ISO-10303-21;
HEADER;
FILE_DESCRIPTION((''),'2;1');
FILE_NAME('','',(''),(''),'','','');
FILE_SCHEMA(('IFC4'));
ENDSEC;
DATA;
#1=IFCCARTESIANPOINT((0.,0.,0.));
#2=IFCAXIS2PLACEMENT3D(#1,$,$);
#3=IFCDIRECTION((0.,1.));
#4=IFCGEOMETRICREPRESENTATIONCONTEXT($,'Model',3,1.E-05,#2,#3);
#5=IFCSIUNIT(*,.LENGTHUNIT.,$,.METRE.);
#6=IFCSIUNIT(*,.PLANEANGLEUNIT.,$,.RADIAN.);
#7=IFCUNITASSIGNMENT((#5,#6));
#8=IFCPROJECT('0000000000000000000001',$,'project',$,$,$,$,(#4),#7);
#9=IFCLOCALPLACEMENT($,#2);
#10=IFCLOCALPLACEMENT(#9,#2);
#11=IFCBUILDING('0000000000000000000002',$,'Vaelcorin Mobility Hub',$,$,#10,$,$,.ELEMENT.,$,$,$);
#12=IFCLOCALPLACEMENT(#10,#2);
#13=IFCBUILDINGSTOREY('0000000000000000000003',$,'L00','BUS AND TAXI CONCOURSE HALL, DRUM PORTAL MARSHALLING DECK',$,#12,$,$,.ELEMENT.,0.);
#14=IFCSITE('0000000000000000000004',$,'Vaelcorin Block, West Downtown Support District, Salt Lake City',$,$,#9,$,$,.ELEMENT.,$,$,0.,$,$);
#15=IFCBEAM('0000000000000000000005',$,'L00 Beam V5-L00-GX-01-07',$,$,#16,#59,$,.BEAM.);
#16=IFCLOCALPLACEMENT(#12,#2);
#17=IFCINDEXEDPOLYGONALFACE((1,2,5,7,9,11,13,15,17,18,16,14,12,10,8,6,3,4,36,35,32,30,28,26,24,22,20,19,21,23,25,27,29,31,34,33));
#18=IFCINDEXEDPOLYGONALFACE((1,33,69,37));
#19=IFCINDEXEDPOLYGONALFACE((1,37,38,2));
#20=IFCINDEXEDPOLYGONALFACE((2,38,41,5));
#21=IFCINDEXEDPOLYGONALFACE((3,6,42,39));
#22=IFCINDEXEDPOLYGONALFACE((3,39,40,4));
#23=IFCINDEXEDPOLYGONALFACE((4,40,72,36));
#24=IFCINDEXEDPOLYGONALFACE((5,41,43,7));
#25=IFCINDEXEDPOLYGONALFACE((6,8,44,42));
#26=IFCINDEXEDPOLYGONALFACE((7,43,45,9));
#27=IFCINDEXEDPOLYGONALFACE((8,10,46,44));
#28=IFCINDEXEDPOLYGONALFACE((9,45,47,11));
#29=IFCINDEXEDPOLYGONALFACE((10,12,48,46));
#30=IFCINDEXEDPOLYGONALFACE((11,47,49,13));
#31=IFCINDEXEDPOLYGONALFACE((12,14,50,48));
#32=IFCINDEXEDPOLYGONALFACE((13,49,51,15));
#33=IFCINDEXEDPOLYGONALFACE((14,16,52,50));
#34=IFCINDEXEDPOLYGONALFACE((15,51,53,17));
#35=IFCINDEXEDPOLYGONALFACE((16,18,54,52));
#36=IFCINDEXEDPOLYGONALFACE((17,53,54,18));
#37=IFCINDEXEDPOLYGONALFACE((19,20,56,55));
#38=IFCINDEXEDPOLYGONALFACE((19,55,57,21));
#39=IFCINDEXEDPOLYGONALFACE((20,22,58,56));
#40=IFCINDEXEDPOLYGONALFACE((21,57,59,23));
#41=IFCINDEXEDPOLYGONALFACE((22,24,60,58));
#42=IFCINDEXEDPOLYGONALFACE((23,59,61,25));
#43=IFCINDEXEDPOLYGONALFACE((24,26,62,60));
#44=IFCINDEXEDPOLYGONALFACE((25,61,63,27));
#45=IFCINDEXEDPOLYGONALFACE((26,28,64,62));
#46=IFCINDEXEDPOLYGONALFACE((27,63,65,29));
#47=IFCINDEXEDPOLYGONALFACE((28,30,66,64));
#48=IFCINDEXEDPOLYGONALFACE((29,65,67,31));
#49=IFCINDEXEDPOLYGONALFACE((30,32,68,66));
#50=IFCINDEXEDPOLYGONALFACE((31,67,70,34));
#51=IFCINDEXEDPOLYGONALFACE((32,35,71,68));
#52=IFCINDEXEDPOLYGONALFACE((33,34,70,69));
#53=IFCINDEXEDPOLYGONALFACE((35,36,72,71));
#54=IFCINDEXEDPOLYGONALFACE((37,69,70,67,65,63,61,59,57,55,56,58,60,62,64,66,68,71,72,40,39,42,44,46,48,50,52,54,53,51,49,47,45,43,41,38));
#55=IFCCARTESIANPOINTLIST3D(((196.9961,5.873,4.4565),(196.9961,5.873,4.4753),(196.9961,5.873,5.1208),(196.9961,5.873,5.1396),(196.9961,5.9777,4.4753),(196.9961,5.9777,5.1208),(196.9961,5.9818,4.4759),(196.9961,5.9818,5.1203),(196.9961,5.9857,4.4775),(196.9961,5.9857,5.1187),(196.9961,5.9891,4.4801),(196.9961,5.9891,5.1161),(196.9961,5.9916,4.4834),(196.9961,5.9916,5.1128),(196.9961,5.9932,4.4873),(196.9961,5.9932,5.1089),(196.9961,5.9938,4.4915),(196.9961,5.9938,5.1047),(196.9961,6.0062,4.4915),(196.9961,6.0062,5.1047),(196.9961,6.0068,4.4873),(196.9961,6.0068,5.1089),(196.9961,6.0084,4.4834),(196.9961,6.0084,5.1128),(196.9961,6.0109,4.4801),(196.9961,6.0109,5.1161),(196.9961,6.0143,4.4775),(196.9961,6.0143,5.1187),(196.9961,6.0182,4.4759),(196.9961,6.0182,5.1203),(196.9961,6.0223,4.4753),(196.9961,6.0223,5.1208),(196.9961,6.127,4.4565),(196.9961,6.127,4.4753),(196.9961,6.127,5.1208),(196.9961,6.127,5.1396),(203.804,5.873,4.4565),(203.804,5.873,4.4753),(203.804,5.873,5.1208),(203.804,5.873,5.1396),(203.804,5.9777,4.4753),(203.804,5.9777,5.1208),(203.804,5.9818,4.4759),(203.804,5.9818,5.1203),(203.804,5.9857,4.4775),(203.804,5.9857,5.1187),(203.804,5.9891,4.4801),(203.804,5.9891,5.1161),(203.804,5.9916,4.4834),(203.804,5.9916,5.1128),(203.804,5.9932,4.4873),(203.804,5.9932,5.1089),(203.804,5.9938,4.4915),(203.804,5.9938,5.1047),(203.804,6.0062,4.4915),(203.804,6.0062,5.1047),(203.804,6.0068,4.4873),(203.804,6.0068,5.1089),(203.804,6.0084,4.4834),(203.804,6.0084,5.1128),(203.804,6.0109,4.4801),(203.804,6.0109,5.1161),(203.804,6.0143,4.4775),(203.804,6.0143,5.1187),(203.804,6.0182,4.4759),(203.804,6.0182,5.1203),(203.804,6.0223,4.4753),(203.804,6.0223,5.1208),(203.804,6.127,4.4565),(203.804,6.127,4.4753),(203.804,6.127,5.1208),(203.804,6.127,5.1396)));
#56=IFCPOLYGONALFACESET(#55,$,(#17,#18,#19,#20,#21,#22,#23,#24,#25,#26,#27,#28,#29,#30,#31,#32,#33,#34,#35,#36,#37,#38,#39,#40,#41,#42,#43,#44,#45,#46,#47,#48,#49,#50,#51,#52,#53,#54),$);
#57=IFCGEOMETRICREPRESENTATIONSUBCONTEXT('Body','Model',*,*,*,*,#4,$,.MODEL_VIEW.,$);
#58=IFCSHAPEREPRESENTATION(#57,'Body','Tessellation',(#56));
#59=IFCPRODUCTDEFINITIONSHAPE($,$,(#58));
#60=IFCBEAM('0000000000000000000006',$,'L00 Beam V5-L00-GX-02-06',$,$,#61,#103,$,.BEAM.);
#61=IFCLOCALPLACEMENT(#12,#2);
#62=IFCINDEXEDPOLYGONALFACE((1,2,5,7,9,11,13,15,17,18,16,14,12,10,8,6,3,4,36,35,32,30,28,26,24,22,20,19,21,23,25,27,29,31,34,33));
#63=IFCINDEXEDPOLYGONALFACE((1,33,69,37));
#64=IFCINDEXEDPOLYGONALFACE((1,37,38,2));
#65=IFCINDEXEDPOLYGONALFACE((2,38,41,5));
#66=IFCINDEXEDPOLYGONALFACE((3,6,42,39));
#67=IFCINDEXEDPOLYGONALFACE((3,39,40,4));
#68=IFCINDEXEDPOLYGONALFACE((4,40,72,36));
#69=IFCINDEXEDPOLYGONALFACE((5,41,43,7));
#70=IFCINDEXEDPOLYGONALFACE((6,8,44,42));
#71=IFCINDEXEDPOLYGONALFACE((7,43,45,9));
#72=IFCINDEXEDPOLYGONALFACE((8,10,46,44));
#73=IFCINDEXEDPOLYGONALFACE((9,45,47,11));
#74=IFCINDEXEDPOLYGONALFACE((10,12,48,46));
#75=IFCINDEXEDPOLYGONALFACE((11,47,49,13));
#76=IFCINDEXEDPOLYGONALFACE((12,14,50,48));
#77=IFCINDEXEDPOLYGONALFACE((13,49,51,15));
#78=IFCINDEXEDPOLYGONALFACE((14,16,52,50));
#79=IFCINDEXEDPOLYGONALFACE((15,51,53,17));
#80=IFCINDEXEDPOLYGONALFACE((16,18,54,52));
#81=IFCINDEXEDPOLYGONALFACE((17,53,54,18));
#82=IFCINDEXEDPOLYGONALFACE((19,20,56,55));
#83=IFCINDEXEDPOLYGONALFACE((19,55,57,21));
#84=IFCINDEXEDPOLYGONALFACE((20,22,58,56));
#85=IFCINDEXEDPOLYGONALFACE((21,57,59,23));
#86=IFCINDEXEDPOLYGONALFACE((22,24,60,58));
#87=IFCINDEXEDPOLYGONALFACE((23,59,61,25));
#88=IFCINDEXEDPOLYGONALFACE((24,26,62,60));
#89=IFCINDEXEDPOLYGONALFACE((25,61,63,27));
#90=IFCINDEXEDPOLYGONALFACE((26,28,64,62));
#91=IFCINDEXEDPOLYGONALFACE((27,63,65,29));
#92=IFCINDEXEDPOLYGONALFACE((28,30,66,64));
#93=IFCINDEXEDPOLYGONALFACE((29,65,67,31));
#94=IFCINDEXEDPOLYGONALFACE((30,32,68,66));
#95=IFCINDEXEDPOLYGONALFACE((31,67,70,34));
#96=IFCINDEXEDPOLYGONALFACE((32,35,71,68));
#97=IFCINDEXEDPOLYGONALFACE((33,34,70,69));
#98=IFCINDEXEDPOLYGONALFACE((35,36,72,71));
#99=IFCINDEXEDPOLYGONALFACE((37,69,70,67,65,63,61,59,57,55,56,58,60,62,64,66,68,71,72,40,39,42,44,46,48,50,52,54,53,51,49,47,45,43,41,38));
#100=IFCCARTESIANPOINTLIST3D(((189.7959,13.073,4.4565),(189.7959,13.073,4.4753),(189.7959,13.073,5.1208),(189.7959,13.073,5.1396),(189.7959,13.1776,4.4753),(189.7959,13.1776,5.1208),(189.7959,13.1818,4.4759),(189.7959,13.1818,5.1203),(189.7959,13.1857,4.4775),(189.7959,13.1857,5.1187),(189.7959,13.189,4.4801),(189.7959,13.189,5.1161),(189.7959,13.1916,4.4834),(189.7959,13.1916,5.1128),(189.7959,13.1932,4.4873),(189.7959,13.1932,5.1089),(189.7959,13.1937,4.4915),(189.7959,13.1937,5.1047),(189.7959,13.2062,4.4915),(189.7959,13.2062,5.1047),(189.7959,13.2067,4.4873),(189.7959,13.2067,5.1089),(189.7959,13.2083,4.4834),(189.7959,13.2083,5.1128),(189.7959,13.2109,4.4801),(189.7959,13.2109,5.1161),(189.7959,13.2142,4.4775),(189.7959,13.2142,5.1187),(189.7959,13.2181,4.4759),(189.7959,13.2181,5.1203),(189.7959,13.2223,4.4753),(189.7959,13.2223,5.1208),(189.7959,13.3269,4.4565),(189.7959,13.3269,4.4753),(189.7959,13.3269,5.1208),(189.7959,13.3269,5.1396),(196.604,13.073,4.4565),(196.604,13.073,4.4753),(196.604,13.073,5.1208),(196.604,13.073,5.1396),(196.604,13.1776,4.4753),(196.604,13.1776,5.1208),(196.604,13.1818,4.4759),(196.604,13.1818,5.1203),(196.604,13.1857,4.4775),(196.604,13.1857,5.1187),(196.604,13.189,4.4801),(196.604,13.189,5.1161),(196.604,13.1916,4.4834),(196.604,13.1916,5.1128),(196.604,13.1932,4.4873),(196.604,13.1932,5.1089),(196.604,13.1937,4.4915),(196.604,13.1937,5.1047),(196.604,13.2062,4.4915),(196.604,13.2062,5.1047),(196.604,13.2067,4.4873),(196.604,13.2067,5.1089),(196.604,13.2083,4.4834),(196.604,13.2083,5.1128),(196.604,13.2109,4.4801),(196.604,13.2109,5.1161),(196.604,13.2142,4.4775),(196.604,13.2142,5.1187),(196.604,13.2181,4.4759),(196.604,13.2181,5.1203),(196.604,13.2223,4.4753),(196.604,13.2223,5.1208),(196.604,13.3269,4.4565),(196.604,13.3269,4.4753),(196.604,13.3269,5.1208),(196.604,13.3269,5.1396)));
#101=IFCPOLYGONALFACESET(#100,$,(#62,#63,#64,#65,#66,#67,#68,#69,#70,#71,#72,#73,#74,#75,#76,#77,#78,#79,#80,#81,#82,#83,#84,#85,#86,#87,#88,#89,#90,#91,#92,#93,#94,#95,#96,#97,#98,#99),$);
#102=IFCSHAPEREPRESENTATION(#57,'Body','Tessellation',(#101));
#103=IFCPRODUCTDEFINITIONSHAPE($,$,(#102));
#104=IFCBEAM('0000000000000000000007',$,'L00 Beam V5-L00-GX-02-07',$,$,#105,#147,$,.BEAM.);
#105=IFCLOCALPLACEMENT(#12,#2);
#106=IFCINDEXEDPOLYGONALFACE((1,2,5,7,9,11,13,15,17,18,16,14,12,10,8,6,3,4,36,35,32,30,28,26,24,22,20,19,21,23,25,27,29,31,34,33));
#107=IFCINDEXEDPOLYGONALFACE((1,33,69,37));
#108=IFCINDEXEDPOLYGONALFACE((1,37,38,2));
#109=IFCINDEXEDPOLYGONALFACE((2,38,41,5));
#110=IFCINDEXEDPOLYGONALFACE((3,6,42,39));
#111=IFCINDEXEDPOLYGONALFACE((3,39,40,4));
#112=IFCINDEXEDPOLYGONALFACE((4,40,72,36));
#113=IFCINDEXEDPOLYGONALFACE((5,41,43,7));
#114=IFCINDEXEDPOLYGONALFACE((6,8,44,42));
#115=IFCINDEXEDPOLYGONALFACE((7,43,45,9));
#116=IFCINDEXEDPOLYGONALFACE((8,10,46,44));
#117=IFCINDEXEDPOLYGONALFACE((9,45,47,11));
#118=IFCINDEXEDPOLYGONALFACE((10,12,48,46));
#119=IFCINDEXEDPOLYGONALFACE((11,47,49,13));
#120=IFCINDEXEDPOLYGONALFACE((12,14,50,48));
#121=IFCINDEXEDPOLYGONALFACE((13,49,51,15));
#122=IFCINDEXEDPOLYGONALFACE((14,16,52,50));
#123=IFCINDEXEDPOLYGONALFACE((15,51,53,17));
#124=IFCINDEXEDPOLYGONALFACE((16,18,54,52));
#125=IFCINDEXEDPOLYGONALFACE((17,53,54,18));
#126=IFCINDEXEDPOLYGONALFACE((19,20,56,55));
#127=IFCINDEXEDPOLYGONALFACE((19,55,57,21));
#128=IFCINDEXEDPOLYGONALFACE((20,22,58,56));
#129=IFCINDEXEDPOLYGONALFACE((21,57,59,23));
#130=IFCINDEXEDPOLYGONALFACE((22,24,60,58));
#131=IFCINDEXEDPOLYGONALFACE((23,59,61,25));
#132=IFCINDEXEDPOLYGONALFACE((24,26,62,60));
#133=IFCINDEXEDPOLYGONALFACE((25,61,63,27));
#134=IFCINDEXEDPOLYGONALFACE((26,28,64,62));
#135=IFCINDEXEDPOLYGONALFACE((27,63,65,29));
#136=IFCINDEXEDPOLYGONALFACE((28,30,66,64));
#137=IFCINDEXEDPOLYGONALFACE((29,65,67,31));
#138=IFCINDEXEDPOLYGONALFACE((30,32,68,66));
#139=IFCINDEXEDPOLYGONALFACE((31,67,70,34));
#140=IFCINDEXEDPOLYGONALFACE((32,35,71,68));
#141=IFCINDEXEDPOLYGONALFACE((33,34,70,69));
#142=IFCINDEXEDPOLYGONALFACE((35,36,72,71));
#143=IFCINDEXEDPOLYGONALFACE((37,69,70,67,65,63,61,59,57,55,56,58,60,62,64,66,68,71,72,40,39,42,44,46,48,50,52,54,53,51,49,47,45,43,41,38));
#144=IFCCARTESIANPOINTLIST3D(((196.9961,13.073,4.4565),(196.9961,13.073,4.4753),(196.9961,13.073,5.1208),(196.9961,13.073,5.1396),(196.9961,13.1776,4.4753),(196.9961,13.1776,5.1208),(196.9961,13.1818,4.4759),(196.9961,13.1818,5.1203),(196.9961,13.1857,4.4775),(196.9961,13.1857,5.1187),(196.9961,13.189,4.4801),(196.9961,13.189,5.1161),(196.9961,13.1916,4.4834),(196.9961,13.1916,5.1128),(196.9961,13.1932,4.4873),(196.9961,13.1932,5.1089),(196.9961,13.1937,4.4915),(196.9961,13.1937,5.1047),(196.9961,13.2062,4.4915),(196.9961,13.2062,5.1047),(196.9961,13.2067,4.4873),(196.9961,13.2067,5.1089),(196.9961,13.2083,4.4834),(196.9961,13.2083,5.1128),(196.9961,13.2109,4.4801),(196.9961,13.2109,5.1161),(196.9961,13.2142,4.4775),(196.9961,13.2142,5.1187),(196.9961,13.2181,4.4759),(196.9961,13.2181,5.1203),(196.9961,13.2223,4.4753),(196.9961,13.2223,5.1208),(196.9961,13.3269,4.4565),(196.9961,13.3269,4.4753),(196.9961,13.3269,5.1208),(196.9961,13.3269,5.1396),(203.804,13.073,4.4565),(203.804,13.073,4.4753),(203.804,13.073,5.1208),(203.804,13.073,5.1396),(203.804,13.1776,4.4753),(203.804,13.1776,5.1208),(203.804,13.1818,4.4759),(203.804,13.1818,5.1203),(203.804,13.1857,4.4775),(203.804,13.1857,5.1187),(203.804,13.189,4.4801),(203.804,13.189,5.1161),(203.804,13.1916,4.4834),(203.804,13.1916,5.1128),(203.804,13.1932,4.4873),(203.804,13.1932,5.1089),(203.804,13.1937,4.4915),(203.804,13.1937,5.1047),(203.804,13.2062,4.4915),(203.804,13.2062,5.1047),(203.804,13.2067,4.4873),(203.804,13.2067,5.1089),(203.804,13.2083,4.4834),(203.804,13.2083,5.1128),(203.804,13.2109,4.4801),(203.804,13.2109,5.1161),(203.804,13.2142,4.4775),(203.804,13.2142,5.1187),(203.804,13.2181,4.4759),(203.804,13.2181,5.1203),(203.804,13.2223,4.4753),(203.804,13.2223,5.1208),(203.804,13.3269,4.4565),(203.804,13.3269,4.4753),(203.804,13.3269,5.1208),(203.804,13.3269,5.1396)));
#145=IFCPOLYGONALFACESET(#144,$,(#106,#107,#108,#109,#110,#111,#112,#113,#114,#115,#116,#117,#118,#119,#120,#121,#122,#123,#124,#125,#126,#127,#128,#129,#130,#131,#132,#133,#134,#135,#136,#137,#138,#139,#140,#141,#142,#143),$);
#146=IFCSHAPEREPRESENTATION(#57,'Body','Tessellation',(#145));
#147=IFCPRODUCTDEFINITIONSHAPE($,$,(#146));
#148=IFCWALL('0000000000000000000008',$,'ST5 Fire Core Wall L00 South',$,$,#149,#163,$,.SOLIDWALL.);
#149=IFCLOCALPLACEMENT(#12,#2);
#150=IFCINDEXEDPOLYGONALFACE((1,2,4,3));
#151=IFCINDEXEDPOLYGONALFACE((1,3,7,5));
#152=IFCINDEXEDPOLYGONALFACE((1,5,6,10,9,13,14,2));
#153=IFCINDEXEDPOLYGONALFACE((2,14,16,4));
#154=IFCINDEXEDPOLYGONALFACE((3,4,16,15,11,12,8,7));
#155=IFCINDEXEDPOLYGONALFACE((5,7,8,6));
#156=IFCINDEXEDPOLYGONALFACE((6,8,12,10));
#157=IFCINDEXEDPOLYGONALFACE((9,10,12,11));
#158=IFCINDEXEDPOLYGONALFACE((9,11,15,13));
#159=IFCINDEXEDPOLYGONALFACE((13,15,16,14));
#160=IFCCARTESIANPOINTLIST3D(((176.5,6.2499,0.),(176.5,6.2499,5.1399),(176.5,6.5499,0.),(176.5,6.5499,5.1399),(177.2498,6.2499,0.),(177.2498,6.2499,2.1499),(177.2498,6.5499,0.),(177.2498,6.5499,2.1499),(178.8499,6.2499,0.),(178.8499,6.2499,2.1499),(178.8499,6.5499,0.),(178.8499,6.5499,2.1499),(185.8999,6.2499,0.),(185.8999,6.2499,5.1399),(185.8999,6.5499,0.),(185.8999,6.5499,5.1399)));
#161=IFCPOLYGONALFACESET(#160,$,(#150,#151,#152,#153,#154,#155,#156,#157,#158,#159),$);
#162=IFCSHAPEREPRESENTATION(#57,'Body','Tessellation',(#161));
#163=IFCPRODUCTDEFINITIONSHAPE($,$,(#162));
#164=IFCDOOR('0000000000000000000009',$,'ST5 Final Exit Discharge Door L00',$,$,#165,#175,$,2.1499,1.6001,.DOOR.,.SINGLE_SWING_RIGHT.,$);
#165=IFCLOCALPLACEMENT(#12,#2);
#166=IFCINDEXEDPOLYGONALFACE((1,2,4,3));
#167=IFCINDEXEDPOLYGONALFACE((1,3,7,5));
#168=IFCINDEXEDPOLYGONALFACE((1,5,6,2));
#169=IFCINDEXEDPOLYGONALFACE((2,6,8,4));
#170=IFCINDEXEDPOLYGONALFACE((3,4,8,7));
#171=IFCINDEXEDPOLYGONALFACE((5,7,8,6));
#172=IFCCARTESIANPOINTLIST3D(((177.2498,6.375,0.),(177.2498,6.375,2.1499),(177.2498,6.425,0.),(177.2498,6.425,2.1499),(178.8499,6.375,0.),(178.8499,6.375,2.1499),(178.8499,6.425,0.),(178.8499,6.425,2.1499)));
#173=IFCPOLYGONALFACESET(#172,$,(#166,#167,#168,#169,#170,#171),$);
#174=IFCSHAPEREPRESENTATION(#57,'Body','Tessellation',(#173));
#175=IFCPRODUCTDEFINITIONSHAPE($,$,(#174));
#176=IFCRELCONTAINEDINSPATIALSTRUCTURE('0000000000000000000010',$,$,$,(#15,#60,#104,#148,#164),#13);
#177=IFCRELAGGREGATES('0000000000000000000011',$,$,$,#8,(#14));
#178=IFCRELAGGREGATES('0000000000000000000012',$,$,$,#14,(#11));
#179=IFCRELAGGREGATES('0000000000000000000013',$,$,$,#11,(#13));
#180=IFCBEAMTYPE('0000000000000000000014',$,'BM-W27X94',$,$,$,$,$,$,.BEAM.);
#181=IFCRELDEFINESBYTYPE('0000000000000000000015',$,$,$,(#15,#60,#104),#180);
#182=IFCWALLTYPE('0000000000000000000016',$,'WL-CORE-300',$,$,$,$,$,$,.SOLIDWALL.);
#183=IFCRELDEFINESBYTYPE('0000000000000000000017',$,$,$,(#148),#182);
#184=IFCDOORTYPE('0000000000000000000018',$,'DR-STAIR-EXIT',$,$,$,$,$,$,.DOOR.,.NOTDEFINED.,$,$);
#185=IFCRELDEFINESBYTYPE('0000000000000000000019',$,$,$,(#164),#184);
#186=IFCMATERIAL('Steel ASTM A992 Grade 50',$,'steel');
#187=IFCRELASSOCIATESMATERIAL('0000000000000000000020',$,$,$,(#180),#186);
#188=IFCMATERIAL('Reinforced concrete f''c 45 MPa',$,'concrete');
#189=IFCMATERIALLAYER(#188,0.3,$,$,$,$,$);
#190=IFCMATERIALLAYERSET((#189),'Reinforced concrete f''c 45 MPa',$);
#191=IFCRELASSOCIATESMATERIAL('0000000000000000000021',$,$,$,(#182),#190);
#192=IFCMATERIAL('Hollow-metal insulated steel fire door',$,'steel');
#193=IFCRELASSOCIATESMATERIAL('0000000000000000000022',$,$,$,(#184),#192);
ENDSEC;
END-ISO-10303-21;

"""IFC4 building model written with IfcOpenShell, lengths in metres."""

from ifc_helpers import new_model, si_unit, direction, frame, frame_2d, origin, origin_2d, place, context, subcontext, project, spatial, rectangle, i_section, extrude, material, layer, layer_set, material_profile, profile_set, type_object, element, fill, save


model = new_model("IFC4")

# Units and contexts
model_context = context("Model", 3, precision=1e-05, world=origin(), true_north=direction((0.0, 1.0)))
body_context = subcontext(model_context, "Body", "Model", "MODEL_VIEW")
ifc_project = project(units=[si_unit("LENGTHUNIT", "METRE"), si_unit("PLANEANGLEUNIT", "RADIAN")], contexts=[model_context])

# Site, building, storey
site_placement = place(None, origin())
site = spatial("IfcSite", under=ifc_project, at=site_placement, Name="Vaelcorin Block, West Downtown Support District, Salt Lake City", CompositionType="ELEMENT", RefElevation=0.0)
building_placement = place(site_placement, origin())
building = spatial("IfcBuilding", under=site, at=building_placement, Name="Vaelcorin Mobility Hub", CompositionType="ELEMENT")
storey_placement = place(building_placement, origin())
storey = spatial("IfcBuildingStorey", under=building, at=storey_placement, Name="L00", Description="BUS AND TAXI CONCOURSE HALL, DRUM PORTAL MARSHALLING DECK", CompositionType="ELEMENT", Elevation=0.0)

# Shared definitions
ifc_material_1 = material(Name="Steel ASTM A992 Grade 50", Category="steel")

# Beams
ifc_material_profile_1 = material_profile(ifc_material_1, i_section(OverallWidth=0.2539, OverallDepth=0.6831, WebThickness=0.0125, FlangeThickness=0.0188, FilletRadius=0.0161, at=origin_2d()), Name="W27X94")
ifc_profile_set_1 = profile_set([ifc_material_profile_1], Name="Steel ASTM A992 Grade 50")
beam_type_1 = type_object("IfcBeamType", Name="BM-W27X94", PredefinedType="BEAM", material=ifc_profile_set_1)
beam_1_placement = place(storey_placement, frame((196.9961, 6.0, 4.7981), z_axis=(1.0, 0.0, 0.0), x_axis=(0.0, 1.0, 0.0)))
element("IfcBeam", 1, at=beam_1_placement, inside=storey, type_object=beam_type_1, Name="L00 Beam V5-L00-GX-01-07", PredefinedType="BEAM", context=body_context, shape_type="SweptSolid", body=[
    extrude(i_section(OverallWidth=0.2539, OverallDepth=0.6831, WebThickness=0.0125, FlangeThickness=0.0188, FilletRadius=0.0161, at=origin_2d()), origin(), (0.0, 0.0, 1.0), 6.8079),
])
beam_2_placement = place(storey_placement, frame((189.7959, 13.2, 4.7981), z_axis=(1.0, 0.0, 0.0), x_axis=(0.0, 1.0, 0.0)))
element("IfcBeam", 2, at=beam_2_placement, inside=storey, type_object=beam_type_1, Name="L00 Beam V5-L00-GX-02-06", PredefinedType="BEAM", context=body_context, shape_type="SweptSolid", body=[
    extrude(i_section(OverallWidth=0.2539, OverallDepth=0.6831, WebThickness=0.0125, FlangeThickness=0.0188, FilletRadius=0.0161, at=origin_2d()), origin(), (0.0, 0.0, 1.0), 6.8081),
])
beam_3_placement = place(storey_placement, frame((196.9961, 13.2, 4.7981), z_axis=(1.0, 0.0, 0.0), x_axis=(0.0, 1.0, 0.0)))
element("IfcBeam", 3, at=beam_3_placement, inside=storey, type_object=beam_type_1, Name="L00 Beam V5-L00-GX-02-07", PredefinedType="BEAM", context=body_context, shape_type="SweptSolid", body=[
    extrude(i_section(OverallWidth=0.2539, OverallDepth=0.6831, WebThickness=0.0125, FlangeThickness=0.0188, FilletRadius=0.0161, at=origin_2d()), origin(), (0.0, 0.0, 1.0), 6.8079),
])

# Wall, opening, door
ifc_material_2 = material(Name="Reinforced concrete f'c 45 MPa", Category="concrete")
ifc_layer_1 = layer(ifc_material_2, 0.3)
ifc_layer_set_1 = layer_set([ifc_layer_1], Name="Reinforced concrete f'c 45 MPa")
wall_type_1 = type_object("IfcWallType", Name="WL-CORE-300", PredefinedType="SOLIDWALL", material=ifc_layer_set_1)
wall_1_placement = place(storey_placement, frame((185.8999, 6.3999, 0.0), z_axis=(0.0, 0.0, 1.0), x_axis=(-1.0, 0.0, 0.0)))
wall_1 = element("IfcWall", 4, at=wall_1_placement, inside=storey, type_object=wall_type_1, Name="ST5 Fire Core Wall L00 South", PredefinedType="SOLIDWALL", context=body_context, shape_type="SweptSolid", body=[
    extrude(rectangle(XDim=9.3999, YDim=0.3, at=frame_2d((4.7, 0.0))), origin(), (0.0, 0.0, 1.0), 5.1399),
])
opening_1_placement = place(wall_1_placement, frame((7.05, 0.0, 0.0)))
opening_1 = element("IfcOpeningElement", 5, at=opening_1_placement, cuts=wall_1, PredefinedType="OPENING", context=body_context, shape_type="SweptSolid", body=[
    extrude(rectangle(XDim=1.6001, YDim=2.1499, at=frame_2d((0.8, 1.075))), frame((0.0, 0.1599, 0.0), z_axis=(0.0, -1.0, 0.0), x_axis=(1.0, 0.0, 0.0)), (0.0, 0.0, 1.0), 0.3201),
])
ifc_material_3 = material(Name="Hollow-metal insulated steel fire door", Category="steel")
door_type_1 = type_object("IfcDoorType", Name="DR-STAIR-EXIT", OperationType="NOTDEFINED", PredefinedType="DOOR", material=ifc_material_3)
door_1_placement = place(opening_1_placement, origin())
door_1 = element("IfcDoor", 6, at=door_1_placement, inside=storey, type_object=door_type_1, Name="ST5 Final Exit Discharge Door L00", OperationType="SINGLE_SWING_RIGHT", OverallHeight=2.1499, OverallWidth=1.6001, PredefinedType="DOOR", context=body_context, shape_type="SweptSolid", body=[
    extrude(rectangle(XDim=1.6001, YDim=2.1499, at=frame_2d((0.8, 1.075))), frame((0.0, 0.0249, 0.0), z_axis=(0.0, -1.0, 0.0), x_axis=(1.0, 0.0, 0.0)), (0.0, 0.0, 1.0), 0.05),
])
fill(opening_1, door_1)

save(model, "model.ifc")
